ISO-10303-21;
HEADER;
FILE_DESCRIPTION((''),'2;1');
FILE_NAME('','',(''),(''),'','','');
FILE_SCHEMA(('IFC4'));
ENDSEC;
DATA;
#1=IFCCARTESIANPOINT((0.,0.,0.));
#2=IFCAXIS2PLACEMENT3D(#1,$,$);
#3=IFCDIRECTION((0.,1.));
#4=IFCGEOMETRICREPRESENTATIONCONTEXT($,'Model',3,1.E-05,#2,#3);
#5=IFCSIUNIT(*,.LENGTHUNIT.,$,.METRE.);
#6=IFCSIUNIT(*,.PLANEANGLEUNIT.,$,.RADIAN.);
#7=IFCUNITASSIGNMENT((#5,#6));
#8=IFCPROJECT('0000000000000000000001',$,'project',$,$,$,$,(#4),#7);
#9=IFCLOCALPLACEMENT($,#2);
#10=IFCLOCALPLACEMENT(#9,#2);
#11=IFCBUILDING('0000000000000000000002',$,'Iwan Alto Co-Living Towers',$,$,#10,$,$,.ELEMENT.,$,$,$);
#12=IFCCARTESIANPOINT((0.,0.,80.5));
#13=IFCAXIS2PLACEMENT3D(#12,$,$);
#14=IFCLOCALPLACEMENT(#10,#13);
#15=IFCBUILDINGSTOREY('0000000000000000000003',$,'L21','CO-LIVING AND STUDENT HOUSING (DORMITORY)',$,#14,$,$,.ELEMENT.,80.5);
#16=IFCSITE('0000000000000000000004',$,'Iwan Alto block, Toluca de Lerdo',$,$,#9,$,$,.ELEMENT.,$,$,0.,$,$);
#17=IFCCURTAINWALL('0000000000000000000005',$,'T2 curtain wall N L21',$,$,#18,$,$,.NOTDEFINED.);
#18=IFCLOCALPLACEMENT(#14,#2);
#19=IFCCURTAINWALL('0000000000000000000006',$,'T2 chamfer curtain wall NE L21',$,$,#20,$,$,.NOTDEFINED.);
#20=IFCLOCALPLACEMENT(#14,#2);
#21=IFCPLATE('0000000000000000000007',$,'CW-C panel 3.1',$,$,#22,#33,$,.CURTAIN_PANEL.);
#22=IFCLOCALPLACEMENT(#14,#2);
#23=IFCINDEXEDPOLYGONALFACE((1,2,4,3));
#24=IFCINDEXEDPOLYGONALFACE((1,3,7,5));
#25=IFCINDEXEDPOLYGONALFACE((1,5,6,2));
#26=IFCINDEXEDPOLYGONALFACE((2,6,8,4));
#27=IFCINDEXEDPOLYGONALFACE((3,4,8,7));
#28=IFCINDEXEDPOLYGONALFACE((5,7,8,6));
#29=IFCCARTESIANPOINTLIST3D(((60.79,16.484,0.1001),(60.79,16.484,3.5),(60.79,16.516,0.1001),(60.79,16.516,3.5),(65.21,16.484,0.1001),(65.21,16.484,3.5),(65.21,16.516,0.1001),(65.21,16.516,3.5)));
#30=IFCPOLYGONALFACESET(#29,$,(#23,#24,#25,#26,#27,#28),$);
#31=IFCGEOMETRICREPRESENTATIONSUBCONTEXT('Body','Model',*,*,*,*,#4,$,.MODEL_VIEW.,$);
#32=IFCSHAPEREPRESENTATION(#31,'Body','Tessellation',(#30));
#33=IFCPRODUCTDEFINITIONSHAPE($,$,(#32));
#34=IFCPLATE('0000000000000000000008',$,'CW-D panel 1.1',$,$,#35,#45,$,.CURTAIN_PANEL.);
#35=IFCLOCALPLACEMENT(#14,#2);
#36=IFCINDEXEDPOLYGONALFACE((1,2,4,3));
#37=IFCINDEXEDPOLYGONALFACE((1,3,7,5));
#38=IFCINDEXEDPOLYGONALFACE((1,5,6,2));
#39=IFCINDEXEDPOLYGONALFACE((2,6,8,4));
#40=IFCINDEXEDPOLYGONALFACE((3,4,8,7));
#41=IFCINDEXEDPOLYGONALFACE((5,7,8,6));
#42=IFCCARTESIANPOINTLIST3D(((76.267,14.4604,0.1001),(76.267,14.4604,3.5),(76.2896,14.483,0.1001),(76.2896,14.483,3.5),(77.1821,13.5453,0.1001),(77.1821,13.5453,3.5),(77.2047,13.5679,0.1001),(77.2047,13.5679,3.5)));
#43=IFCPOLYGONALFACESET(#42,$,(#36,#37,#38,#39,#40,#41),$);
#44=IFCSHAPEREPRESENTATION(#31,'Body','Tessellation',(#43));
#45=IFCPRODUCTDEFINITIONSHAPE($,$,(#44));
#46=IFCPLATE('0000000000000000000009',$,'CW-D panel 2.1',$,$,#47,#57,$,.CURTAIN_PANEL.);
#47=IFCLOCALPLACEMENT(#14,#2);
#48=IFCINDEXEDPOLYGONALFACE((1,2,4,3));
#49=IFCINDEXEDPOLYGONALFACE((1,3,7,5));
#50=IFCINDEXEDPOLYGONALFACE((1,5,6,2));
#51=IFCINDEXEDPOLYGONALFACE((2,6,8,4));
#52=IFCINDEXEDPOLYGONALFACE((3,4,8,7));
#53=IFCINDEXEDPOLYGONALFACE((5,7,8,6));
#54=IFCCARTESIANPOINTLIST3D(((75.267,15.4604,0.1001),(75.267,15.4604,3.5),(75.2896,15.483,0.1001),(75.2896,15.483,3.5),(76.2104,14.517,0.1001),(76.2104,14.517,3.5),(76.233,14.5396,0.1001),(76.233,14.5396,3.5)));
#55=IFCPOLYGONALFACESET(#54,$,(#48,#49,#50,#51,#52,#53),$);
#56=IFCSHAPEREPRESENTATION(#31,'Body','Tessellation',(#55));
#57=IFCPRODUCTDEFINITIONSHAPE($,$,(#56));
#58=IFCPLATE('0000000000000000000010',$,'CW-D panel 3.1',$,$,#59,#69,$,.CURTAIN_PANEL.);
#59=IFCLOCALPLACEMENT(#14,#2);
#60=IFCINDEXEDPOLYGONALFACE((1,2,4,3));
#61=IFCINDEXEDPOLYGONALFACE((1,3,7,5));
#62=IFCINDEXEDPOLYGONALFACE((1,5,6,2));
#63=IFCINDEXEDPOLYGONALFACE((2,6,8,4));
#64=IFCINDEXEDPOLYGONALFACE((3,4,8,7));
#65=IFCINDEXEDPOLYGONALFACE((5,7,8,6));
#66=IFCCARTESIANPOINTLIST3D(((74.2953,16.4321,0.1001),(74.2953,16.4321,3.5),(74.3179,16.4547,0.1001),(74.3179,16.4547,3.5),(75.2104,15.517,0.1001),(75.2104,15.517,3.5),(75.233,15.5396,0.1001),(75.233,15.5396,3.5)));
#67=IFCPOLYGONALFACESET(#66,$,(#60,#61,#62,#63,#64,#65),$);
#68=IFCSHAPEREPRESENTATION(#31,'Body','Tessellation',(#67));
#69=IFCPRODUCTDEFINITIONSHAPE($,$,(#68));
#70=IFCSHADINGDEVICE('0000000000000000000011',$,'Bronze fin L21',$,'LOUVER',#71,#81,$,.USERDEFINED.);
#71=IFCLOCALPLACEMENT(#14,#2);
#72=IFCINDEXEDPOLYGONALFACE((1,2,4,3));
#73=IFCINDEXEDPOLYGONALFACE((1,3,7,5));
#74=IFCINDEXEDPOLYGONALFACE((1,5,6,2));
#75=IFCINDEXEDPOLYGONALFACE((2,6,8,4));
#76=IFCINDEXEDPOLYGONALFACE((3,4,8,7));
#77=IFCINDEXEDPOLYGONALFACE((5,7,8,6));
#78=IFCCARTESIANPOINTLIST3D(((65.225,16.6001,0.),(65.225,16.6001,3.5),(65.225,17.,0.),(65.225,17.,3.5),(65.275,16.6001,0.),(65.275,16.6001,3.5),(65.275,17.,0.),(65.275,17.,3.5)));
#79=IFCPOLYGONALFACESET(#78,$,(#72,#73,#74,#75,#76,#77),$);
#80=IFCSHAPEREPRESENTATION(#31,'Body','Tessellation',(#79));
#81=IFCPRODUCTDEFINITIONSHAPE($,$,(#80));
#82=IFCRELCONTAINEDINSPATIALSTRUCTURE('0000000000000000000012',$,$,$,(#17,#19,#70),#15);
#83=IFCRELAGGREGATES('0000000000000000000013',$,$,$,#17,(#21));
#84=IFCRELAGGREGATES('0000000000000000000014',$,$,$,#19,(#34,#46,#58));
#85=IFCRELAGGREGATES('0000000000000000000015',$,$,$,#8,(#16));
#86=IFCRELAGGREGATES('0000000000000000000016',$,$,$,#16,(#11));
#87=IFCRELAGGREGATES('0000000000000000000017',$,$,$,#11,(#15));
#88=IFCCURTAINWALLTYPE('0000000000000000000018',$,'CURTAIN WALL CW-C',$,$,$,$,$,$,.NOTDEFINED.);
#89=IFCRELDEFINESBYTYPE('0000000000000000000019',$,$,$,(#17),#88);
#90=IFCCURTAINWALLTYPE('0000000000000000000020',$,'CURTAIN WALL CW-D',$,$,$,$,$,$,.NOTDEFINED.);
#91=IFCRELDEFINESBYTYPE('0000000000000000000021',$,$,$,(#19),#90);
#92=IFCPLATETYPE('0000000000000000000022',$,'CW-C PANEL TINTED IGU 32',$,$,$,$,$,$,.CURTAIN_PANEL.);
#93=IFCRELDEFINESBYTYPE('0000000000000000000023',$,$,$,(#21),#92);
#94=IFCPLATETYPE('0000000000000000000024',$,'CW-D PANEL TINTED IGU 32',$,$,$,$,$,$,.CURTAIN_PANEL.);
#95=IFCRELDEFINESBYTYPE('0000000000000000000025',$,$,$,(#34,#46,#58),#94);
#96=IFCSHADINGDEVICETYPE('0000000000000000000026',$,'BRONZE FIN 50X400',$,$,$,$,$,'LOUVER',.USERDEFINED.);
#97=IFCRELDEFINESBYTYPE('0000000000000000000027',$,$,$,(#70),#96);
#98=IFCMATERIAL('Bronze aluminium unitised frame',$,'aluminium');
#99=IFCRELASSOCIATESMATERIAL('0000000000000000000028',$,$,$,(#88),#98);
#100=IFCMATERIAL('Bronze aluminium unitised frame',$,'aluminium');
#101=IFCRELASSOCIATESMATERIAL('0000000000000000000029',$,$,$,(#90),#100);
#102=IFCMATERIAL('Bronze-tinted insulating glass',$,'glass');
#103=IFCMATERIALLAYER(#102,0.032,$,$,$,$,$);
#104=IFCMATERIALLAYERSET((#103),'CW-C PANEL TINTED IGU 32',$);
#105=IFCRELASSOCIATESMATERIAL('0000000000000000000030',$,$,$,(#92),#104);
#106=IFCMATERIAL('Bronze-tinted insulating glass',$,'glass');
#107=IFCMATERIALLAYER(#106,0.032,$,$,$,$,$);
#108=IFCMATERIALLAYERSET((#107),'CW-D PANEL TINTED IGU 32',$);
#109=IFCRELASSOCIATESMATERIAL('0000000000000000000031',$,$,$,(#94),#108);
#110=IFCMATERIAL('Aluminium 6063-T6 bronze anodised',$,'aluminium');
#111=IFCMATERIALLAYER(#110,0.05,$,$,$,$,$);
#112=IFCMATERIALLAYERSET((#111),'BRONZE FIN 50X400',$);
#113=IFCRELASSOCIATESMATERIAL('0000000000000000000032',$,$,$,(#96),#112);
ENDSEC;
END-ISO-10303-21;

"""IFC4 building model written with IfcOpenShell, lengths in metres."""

from ifc_helpers import new_model, si_unit, direction, frame, origin, origin_2d, place, context, subcontext, project, spatial, rectangle, extrude, material, layer, layer_set, type_object, element, aggregate, save


model = new_model("IFC4")

# Units and contexts
model_context = context("Model", 3, precision=1e-05, world=origin(), true_north=direction((0.0, 1.0)))
body_context = subcontext(model_context, "Body", "Model", "MODEL_VIEW")
ifc_project = project(units=[si_unit("LENGTHUNIT", "METRE"), si_unit("PLANEANGLEUNIT", "RADIAN")], contexts=[model_context])

# Site, building, storey
site_placement = place(None, origin())
site = spatial("IfcSite", under=ifc_project, at=site_placement, Name="Iwan Alto block, Toluca de Lerdo", CompositionType="ELEMENT", RefElevation=0.0)
building_placement = place(site_placement, origin())
building = spatial("IfcBuilding", under=site, at=building_placement, Name="Iwan Alto Co-Living Towers", CompositionType="ELEMENT")
storey_placement = place(building_placement, frame((0.0, 0.0, 80.5)))
storey = spatial("IfcBuildingStorey", under=building, at=storey_placement, Name="L21", Description="CO-LIVING AND STUDENT HOUSING (DORMITORY)", CompositionType="ELEMENT", Elevation=80.5)

# Shared definitions
ifc_material_1 = material(Name="Bronze aluminium unitised frame", Category="aluminium")
curtain_wall_type_1 = type_object("IfcCurtainWallType", Name="CURTAIN WALL CW-C", PredefinedType="NOTDEFINED", material=ifc_material_1)

# Curtain walls
curtain_wall_1_placement = place(storey_placement, origin())
curtain_wall_1 = element("IfcCurtainWall", 1, at=curtain_wall_1_placement, inside=storey, type_object=curtain_wall_type_1, Name="T2 curtain wall N L21", PredefinedType="NOTDEFINED")
ifc_material_2 = material(Name="Bronze aluminium unitised frame", Category="aluminium")
curtain_wall_type_2 = type_object("IfcCurtainWallType", Name="CURTAIN WALL CW-D", PredefinedType="NOTDEFINED", material=ifc_material_2)
curtain_wall_2_placement = place(storey_placement, origin())
curtain_wall_2 = element("IfcCurtainWall", 2, at=curtain_wall_2_placement, inside=storey, type_object=curtain_wall_type_2, Name="T2 chamfer curtain wall NE L21", PredefinedType="NOTDEFINED")

# Plates
ifc_material_3 = material(Name="Bronze-tinted insulating glass", Category="glass")
ifc_layer_1 = layer(ifc_material_3, 0.032)
ifc_layer_set_1 = layer_set([ifc_layer_1], Name="CW-C PANEL TINTED IGU 32")
plate_type_1 = type_object("IfcPlateType", Name="CW-C PANEL TINTED IGU 32", PredefinedType="CURTAIN_PANEL", material=ifc_layer_set_1)
plate_1_placement = place(storey_placement, frame((63.0, 16.5, 0.1001), z_axis=(0.0, 0.0, 1.0), x_axis=(-1.0, 0.0, 0.0)))
plate_1 = element("IfcPlate", 3, at=plate_1_placement, type_object=plate_type_1, Name="CW-C panel 3.1", PredefinedType="CURTAIN_PANEL", context=body_context, shape_type="SweptSolid", body=[
    extrude(rectangle(XDim=4.4199, YDim=0.032, at=origin_2d()), origin(), (0.0, 0.0, 1.0), 3.3999),
])
aggregate(curtain_wall_1, [plate_1])
ifc_material_4 = material(Name="Bronze-tinted insulating glass", Category="glass")
ifc_layer_2 = layer(ifc_material_4, 0.032)
ifc_layer_set_2 = layer_set([ifc_layer_2], Name="CW-D PANEL TINTED IGU 32")
plate_type_2 = type_object("IfcPlateType", Name="CW-D PANEL TINTED IGU 32", PredefinedType="CURTAIN_PANEL", material=ifc_layer_set_2)
plate_2_placement = place(storey_placement, frame((76.7358, 14.0142, 0.1001), z_axis=(0.0, 0.0, 1.0), x_axis=(-0.707107, 0.707107, 0.0)))
plate_2 = element("IfcPlate", 4, at=plate_2_placement, type_object=plate_type_2, Name="CW-D panel 1.1", PredefinedType="CURTAIN_PANEL", context=body_context, shape_type="SweptSolid", body=[
    extrude(rectangle(XDim=1.2942, YDim=0.032, at=origin_2d()), origin(), (0.0, 0.0, 1.0), 3.3999),
])
plate_3_placement = place(storey_placement, frame((75.75, 15.0, 0.1001), z_axis=(0.0, 0.0, 1.0), x_axis=(-0.707107, 0.707107, 0.0)))
plate_3 = element("IfcPlate", 5, at=plate_3_placement, type_object=plate_type_2, Name="CW-D panel 2.1", PredefinedType="CURTAIN_PANEL", context=body_context, shape_type="SweptSolid", body=[
    extrude(rectangle(XDim=1.3342, YDim=0.032, at=origin_2d()), origin(), (0.0, 0.0, 1.0), 3.3999),
])
plate_4_placement = place(storey_placement, frame((74.7642, 15.9858, 0.1001), z_axis=(0.0, 0.0, 1.0), x_axis=(-0.707107, 0.707107, 0.0)))
plate_4 = element("IfcPlate", 6, at=plate_4_placement, type_object=plate_type_2, Name="CW-D panel 3.1", PredefinedType="CURTAIN_PANEL", context=body_context, shape_type="SweptSolid", body=[
    extrude(rectangle(XDim=1.2942, YDim=0.032, at=origin_2d()), origin(), (0.0, 0.0, 1.0), 3.3999),
])
aggregate(curtain_wall_2, [plate_2, plate_3, plate_4])

# Shading device
ifc_material_5 = material(Name="Aluminium 6063-T6 bronze anodised", Category="aluminium")
ifc_layer_3 = layer(ifc_material_5, 0.05)
ifc_layer_set_3 = layer_set([ifc_layer_3], Name="BRONZE FIN 50X400")
shading_device_type = type_object("IfcShadingDeviceType", Name="BRONZE FIN 50X400", ElementType="LOUVER", PredefinedType="USERDEFINED", material=ifc_layer_set_3)
shading_device_placement = place(storey_placement, frame((65.25, 16.8, 0.0), z_axis=(0.0, 0.0, 1.0), x_axis=(-1.0, 0.0, 0.0)))
element("IfcShadingDevice", 7, at=shading_device_placement, inside=storey, type_object=shading_device_type, Name="Bronze fin L21", ObjectType="LOUVER", PredefinedType="USERDEFINED", context=body_context, shape_type="SweptSolid", body=[
    extrude(rectangle(XDim=0.05, YDim=0.3999, at=origin_2d()), origin(), (0.0, 0.0, 1.0), 3.5),
])

save(model, "model.ifc")
